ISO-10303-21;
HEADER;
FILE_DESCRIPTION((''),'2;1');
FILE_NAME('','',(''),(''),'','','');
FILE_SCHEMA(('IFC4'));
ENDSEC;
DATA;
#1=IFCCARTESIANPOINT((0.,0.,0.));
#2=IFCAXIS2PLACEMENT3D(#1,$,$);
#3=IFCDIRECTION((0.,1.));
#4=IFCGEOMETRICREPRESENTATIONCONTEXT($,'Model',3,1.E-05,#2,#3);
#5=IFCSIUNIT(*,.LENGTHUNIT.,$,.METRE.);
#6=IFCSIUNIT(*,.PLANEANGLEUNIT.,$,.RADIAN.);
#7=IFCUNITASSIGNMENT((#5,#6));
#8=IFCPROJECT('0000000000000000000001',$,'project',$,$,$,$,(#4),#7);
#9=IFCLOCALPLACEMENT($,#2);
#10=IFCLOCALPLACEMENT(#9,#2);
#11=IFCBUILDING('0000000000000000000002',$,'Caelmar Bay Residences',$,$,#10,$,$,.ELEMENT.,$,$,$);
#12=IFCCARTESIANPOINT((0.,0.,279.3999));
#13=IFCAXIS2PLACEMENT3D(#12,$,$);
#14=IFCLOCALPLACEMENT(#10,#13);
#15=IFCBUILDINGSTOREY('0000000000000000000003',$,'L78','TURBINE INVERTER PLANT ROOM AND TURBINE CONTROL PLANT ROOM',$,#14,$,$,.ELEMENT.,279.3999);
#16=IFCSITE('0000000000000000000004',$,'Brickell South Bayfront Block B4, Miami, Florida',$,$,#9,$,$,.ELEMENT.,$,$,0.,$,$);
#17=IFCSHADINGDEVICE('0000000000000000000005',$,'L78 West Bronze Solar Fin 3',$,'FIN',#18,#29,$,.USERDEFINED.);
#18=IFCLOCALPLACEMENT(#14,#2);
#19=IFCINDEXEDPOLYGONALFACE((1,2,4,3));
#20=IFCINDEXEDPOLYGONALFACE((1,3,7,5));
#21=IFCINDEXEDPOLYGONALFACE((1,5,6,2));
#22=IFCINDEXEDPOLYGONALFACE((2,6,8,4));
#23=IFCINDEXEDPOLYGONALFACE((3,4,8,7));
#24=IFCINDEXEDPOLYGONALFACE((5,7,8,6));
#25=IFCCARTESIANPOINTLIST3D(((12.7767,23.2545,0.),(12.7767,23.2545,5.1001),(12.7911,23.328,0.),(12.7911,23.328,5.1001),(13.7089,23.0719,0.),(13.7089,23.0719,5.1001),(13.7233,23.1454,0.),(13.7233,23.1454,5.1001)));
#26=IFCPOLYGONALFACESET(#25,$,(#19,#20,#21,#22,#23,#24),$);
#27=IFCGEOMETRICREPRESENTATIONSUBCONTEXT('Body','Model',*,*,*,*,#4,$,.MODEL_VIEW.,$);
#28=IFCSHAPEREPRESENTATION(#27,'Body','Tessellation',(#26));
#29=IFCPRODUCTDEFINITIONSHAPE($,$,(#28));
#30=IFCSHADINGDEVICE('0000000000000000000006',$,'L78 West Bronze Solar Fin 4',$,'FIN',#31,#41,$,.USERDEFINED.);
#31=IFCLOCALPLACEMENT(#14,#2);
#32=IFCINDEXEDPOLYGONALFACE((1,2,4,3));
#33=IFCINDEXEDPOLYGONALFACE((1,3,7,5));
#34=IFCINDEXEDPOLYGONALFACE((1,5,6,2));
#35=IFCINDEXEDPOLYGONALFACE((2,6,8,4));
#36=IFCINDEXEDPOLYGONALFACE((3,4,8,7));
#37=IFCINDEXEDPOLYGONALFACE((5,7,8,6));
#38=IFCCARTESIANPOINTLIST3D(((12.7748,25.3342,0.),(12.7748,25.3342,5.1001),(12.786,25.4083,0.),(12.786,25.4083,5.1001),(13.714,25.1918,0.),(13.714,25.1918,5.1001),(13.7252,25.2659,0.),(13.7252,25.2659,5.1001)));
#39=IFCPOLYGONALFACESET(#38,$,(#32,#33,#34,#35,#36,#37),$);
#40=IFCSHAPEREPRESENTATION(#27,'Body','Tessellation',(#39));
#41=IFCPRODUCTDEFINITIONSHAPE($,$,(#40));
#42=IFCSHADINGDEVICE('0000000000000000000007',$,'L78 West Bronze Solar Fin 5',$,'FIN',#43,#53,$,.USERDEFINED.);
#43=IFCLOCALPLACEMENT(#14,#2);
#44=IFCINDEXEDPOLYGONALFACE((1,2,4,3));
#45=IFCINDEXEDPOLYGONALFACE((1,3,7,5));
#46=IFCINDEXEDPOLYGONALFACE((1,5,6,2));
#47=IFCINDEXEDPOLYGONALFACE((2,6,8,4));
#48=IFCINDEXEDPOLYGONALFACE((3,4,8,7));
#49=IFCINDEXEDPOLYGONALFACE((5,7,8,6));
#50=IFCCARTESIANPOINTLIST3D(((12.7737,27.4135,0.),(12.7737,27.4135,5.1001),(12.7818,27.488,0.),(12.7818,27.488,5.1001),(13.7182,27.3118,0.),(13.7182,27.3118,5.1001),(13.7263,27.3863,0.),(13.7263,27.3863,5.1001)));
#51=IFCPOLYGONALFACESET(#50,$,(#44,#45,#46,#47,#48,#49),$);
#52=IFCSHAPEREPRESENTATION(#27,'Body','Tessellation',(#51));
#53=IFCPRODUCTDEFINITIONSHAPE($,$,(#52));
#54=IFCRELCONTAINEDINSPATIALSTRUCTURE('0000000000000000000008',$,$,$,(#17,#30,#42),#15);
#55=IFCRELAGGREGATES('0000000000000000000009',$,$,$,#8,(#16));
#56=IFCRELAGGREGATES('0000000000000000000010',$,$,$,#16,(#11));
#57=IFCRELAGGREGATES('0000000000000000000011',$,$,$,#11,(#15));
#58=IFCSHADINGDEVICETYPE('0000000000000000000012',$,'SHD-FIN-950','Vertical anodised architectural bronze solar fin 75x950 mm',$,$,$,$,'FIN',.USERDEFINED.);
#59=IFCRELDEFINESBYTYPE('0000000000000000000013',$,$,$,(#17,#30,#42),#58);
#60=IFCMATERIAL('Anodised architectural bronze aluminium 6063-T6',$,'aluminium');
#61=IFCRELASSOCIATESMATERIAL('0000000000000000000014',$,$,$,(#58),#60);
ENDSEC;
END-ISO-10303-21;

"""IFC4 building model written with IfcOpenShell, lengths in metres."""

from ifc_helpers import new_model, si_unit, direction, frame, origin, origin_2d, place, context, subcontext, project, spatial, rectangle, extrude, material, material_profile, profile_set, type_object, element, save


model = new_model("IFC4")

# Units and contexts
model_context = context("Model", 3, precision=1e-05, world=origin(), true_north=direction((0.0, 1.0)))
body_context = subcontext(model_context, "Body", "Model", "MODEL_VIEW")
ifc_project = project(units=[si_unit("LENGTHUNIT", "METRE"), si_unit("PLANEANGLEUNIT", "RADIAN")], contexts=[model_context])

# Site, building, storey
site_placement = place(None, origin())
site = spatial("IfcSite", under=ifc_project, at=site_placement, Name="Brickell South Bayfront Block B4, Miami, Florida", CompositionType="ELEMENT", RefElevation=0.0)
building_placement = place(site_placement, origin())
building = spatial("IfcBuilding", under=site, at=building_placement, Name="Caelmar Bay Residences", CompositionType="ELEMENT")
storey_placement = place(building_placement, frame((0.0, 0.0, 279.3999)))
storey = spatial("IfcBuildingStorey", under=building, at=storey_placement, Name="L78", Description="TURBINE INVERTER PLANT ROOM AND TURBINE CONTROL PLANT ROOM", CompositionType="ELEMENT", Elevation=279.3999)

# Shading devices
ifc_material_1 = material(Name="Anodised architectural bronze aluminium 6063-T6", Category="aluminium")
ifc_material_profile_1 = material_profile(ifc_material_1, rectangle(XDim=0.075, YDim=0.95, at=origin_2d()), Name="BRONZE-FIN-75X950")
ifc_profile_set_1 = profile_set([ifc_material_profile_1], Name="Anodised architectural bronze aluminium 6063-T6")
shading_device_type = type_object("IfcShadingDeviceType", Name="SHD-FIN-950", Description="Vertical anodised architectural bronze solar fin 75x950 mm", ElementType="FIN", PredefinedType="USERDEFINED", material=ifc_profile_set_1)
for number, where, z_axis, x_axis, name in (
    (1, (13.25, 23.2, 0.0), (0.0, 0.0, 1.0), (0.192179, 0.98136, 0.0), "L78 West Bronze Solar Fin 3"),
    (2, (13.25, 25.3, 0.0), (0.0, 0.0, 1.0), (0.14988, 0.988704, 0.0), "L78 West Bronze Solar Fin 4"),
    (3, (13.25, 27.3999, 0.0), (0.0, 0.0, 1.0), (0.107132, 0.994245, 0.0), "L78 West Bronze Solar Fin 5"),
):
    element("IfcShadingDevice", number, at=place(storey_placement, frame(where, z_axis=z_axis, x_axis=x_axis)), inside=storey, type_object=shading_device_type, Name=name, ObjectType="FIN", PredefinedType="USERDEFINED", context=body_context, shape_type="SweptSolid", body=[
        extrude(rectangle(XDim=0.075, YDim=0.95, at=origin_2d()), origin(), (0.0, 0.0, 1.0), 5.1001),
    ])

save(model, "model.ifc")
